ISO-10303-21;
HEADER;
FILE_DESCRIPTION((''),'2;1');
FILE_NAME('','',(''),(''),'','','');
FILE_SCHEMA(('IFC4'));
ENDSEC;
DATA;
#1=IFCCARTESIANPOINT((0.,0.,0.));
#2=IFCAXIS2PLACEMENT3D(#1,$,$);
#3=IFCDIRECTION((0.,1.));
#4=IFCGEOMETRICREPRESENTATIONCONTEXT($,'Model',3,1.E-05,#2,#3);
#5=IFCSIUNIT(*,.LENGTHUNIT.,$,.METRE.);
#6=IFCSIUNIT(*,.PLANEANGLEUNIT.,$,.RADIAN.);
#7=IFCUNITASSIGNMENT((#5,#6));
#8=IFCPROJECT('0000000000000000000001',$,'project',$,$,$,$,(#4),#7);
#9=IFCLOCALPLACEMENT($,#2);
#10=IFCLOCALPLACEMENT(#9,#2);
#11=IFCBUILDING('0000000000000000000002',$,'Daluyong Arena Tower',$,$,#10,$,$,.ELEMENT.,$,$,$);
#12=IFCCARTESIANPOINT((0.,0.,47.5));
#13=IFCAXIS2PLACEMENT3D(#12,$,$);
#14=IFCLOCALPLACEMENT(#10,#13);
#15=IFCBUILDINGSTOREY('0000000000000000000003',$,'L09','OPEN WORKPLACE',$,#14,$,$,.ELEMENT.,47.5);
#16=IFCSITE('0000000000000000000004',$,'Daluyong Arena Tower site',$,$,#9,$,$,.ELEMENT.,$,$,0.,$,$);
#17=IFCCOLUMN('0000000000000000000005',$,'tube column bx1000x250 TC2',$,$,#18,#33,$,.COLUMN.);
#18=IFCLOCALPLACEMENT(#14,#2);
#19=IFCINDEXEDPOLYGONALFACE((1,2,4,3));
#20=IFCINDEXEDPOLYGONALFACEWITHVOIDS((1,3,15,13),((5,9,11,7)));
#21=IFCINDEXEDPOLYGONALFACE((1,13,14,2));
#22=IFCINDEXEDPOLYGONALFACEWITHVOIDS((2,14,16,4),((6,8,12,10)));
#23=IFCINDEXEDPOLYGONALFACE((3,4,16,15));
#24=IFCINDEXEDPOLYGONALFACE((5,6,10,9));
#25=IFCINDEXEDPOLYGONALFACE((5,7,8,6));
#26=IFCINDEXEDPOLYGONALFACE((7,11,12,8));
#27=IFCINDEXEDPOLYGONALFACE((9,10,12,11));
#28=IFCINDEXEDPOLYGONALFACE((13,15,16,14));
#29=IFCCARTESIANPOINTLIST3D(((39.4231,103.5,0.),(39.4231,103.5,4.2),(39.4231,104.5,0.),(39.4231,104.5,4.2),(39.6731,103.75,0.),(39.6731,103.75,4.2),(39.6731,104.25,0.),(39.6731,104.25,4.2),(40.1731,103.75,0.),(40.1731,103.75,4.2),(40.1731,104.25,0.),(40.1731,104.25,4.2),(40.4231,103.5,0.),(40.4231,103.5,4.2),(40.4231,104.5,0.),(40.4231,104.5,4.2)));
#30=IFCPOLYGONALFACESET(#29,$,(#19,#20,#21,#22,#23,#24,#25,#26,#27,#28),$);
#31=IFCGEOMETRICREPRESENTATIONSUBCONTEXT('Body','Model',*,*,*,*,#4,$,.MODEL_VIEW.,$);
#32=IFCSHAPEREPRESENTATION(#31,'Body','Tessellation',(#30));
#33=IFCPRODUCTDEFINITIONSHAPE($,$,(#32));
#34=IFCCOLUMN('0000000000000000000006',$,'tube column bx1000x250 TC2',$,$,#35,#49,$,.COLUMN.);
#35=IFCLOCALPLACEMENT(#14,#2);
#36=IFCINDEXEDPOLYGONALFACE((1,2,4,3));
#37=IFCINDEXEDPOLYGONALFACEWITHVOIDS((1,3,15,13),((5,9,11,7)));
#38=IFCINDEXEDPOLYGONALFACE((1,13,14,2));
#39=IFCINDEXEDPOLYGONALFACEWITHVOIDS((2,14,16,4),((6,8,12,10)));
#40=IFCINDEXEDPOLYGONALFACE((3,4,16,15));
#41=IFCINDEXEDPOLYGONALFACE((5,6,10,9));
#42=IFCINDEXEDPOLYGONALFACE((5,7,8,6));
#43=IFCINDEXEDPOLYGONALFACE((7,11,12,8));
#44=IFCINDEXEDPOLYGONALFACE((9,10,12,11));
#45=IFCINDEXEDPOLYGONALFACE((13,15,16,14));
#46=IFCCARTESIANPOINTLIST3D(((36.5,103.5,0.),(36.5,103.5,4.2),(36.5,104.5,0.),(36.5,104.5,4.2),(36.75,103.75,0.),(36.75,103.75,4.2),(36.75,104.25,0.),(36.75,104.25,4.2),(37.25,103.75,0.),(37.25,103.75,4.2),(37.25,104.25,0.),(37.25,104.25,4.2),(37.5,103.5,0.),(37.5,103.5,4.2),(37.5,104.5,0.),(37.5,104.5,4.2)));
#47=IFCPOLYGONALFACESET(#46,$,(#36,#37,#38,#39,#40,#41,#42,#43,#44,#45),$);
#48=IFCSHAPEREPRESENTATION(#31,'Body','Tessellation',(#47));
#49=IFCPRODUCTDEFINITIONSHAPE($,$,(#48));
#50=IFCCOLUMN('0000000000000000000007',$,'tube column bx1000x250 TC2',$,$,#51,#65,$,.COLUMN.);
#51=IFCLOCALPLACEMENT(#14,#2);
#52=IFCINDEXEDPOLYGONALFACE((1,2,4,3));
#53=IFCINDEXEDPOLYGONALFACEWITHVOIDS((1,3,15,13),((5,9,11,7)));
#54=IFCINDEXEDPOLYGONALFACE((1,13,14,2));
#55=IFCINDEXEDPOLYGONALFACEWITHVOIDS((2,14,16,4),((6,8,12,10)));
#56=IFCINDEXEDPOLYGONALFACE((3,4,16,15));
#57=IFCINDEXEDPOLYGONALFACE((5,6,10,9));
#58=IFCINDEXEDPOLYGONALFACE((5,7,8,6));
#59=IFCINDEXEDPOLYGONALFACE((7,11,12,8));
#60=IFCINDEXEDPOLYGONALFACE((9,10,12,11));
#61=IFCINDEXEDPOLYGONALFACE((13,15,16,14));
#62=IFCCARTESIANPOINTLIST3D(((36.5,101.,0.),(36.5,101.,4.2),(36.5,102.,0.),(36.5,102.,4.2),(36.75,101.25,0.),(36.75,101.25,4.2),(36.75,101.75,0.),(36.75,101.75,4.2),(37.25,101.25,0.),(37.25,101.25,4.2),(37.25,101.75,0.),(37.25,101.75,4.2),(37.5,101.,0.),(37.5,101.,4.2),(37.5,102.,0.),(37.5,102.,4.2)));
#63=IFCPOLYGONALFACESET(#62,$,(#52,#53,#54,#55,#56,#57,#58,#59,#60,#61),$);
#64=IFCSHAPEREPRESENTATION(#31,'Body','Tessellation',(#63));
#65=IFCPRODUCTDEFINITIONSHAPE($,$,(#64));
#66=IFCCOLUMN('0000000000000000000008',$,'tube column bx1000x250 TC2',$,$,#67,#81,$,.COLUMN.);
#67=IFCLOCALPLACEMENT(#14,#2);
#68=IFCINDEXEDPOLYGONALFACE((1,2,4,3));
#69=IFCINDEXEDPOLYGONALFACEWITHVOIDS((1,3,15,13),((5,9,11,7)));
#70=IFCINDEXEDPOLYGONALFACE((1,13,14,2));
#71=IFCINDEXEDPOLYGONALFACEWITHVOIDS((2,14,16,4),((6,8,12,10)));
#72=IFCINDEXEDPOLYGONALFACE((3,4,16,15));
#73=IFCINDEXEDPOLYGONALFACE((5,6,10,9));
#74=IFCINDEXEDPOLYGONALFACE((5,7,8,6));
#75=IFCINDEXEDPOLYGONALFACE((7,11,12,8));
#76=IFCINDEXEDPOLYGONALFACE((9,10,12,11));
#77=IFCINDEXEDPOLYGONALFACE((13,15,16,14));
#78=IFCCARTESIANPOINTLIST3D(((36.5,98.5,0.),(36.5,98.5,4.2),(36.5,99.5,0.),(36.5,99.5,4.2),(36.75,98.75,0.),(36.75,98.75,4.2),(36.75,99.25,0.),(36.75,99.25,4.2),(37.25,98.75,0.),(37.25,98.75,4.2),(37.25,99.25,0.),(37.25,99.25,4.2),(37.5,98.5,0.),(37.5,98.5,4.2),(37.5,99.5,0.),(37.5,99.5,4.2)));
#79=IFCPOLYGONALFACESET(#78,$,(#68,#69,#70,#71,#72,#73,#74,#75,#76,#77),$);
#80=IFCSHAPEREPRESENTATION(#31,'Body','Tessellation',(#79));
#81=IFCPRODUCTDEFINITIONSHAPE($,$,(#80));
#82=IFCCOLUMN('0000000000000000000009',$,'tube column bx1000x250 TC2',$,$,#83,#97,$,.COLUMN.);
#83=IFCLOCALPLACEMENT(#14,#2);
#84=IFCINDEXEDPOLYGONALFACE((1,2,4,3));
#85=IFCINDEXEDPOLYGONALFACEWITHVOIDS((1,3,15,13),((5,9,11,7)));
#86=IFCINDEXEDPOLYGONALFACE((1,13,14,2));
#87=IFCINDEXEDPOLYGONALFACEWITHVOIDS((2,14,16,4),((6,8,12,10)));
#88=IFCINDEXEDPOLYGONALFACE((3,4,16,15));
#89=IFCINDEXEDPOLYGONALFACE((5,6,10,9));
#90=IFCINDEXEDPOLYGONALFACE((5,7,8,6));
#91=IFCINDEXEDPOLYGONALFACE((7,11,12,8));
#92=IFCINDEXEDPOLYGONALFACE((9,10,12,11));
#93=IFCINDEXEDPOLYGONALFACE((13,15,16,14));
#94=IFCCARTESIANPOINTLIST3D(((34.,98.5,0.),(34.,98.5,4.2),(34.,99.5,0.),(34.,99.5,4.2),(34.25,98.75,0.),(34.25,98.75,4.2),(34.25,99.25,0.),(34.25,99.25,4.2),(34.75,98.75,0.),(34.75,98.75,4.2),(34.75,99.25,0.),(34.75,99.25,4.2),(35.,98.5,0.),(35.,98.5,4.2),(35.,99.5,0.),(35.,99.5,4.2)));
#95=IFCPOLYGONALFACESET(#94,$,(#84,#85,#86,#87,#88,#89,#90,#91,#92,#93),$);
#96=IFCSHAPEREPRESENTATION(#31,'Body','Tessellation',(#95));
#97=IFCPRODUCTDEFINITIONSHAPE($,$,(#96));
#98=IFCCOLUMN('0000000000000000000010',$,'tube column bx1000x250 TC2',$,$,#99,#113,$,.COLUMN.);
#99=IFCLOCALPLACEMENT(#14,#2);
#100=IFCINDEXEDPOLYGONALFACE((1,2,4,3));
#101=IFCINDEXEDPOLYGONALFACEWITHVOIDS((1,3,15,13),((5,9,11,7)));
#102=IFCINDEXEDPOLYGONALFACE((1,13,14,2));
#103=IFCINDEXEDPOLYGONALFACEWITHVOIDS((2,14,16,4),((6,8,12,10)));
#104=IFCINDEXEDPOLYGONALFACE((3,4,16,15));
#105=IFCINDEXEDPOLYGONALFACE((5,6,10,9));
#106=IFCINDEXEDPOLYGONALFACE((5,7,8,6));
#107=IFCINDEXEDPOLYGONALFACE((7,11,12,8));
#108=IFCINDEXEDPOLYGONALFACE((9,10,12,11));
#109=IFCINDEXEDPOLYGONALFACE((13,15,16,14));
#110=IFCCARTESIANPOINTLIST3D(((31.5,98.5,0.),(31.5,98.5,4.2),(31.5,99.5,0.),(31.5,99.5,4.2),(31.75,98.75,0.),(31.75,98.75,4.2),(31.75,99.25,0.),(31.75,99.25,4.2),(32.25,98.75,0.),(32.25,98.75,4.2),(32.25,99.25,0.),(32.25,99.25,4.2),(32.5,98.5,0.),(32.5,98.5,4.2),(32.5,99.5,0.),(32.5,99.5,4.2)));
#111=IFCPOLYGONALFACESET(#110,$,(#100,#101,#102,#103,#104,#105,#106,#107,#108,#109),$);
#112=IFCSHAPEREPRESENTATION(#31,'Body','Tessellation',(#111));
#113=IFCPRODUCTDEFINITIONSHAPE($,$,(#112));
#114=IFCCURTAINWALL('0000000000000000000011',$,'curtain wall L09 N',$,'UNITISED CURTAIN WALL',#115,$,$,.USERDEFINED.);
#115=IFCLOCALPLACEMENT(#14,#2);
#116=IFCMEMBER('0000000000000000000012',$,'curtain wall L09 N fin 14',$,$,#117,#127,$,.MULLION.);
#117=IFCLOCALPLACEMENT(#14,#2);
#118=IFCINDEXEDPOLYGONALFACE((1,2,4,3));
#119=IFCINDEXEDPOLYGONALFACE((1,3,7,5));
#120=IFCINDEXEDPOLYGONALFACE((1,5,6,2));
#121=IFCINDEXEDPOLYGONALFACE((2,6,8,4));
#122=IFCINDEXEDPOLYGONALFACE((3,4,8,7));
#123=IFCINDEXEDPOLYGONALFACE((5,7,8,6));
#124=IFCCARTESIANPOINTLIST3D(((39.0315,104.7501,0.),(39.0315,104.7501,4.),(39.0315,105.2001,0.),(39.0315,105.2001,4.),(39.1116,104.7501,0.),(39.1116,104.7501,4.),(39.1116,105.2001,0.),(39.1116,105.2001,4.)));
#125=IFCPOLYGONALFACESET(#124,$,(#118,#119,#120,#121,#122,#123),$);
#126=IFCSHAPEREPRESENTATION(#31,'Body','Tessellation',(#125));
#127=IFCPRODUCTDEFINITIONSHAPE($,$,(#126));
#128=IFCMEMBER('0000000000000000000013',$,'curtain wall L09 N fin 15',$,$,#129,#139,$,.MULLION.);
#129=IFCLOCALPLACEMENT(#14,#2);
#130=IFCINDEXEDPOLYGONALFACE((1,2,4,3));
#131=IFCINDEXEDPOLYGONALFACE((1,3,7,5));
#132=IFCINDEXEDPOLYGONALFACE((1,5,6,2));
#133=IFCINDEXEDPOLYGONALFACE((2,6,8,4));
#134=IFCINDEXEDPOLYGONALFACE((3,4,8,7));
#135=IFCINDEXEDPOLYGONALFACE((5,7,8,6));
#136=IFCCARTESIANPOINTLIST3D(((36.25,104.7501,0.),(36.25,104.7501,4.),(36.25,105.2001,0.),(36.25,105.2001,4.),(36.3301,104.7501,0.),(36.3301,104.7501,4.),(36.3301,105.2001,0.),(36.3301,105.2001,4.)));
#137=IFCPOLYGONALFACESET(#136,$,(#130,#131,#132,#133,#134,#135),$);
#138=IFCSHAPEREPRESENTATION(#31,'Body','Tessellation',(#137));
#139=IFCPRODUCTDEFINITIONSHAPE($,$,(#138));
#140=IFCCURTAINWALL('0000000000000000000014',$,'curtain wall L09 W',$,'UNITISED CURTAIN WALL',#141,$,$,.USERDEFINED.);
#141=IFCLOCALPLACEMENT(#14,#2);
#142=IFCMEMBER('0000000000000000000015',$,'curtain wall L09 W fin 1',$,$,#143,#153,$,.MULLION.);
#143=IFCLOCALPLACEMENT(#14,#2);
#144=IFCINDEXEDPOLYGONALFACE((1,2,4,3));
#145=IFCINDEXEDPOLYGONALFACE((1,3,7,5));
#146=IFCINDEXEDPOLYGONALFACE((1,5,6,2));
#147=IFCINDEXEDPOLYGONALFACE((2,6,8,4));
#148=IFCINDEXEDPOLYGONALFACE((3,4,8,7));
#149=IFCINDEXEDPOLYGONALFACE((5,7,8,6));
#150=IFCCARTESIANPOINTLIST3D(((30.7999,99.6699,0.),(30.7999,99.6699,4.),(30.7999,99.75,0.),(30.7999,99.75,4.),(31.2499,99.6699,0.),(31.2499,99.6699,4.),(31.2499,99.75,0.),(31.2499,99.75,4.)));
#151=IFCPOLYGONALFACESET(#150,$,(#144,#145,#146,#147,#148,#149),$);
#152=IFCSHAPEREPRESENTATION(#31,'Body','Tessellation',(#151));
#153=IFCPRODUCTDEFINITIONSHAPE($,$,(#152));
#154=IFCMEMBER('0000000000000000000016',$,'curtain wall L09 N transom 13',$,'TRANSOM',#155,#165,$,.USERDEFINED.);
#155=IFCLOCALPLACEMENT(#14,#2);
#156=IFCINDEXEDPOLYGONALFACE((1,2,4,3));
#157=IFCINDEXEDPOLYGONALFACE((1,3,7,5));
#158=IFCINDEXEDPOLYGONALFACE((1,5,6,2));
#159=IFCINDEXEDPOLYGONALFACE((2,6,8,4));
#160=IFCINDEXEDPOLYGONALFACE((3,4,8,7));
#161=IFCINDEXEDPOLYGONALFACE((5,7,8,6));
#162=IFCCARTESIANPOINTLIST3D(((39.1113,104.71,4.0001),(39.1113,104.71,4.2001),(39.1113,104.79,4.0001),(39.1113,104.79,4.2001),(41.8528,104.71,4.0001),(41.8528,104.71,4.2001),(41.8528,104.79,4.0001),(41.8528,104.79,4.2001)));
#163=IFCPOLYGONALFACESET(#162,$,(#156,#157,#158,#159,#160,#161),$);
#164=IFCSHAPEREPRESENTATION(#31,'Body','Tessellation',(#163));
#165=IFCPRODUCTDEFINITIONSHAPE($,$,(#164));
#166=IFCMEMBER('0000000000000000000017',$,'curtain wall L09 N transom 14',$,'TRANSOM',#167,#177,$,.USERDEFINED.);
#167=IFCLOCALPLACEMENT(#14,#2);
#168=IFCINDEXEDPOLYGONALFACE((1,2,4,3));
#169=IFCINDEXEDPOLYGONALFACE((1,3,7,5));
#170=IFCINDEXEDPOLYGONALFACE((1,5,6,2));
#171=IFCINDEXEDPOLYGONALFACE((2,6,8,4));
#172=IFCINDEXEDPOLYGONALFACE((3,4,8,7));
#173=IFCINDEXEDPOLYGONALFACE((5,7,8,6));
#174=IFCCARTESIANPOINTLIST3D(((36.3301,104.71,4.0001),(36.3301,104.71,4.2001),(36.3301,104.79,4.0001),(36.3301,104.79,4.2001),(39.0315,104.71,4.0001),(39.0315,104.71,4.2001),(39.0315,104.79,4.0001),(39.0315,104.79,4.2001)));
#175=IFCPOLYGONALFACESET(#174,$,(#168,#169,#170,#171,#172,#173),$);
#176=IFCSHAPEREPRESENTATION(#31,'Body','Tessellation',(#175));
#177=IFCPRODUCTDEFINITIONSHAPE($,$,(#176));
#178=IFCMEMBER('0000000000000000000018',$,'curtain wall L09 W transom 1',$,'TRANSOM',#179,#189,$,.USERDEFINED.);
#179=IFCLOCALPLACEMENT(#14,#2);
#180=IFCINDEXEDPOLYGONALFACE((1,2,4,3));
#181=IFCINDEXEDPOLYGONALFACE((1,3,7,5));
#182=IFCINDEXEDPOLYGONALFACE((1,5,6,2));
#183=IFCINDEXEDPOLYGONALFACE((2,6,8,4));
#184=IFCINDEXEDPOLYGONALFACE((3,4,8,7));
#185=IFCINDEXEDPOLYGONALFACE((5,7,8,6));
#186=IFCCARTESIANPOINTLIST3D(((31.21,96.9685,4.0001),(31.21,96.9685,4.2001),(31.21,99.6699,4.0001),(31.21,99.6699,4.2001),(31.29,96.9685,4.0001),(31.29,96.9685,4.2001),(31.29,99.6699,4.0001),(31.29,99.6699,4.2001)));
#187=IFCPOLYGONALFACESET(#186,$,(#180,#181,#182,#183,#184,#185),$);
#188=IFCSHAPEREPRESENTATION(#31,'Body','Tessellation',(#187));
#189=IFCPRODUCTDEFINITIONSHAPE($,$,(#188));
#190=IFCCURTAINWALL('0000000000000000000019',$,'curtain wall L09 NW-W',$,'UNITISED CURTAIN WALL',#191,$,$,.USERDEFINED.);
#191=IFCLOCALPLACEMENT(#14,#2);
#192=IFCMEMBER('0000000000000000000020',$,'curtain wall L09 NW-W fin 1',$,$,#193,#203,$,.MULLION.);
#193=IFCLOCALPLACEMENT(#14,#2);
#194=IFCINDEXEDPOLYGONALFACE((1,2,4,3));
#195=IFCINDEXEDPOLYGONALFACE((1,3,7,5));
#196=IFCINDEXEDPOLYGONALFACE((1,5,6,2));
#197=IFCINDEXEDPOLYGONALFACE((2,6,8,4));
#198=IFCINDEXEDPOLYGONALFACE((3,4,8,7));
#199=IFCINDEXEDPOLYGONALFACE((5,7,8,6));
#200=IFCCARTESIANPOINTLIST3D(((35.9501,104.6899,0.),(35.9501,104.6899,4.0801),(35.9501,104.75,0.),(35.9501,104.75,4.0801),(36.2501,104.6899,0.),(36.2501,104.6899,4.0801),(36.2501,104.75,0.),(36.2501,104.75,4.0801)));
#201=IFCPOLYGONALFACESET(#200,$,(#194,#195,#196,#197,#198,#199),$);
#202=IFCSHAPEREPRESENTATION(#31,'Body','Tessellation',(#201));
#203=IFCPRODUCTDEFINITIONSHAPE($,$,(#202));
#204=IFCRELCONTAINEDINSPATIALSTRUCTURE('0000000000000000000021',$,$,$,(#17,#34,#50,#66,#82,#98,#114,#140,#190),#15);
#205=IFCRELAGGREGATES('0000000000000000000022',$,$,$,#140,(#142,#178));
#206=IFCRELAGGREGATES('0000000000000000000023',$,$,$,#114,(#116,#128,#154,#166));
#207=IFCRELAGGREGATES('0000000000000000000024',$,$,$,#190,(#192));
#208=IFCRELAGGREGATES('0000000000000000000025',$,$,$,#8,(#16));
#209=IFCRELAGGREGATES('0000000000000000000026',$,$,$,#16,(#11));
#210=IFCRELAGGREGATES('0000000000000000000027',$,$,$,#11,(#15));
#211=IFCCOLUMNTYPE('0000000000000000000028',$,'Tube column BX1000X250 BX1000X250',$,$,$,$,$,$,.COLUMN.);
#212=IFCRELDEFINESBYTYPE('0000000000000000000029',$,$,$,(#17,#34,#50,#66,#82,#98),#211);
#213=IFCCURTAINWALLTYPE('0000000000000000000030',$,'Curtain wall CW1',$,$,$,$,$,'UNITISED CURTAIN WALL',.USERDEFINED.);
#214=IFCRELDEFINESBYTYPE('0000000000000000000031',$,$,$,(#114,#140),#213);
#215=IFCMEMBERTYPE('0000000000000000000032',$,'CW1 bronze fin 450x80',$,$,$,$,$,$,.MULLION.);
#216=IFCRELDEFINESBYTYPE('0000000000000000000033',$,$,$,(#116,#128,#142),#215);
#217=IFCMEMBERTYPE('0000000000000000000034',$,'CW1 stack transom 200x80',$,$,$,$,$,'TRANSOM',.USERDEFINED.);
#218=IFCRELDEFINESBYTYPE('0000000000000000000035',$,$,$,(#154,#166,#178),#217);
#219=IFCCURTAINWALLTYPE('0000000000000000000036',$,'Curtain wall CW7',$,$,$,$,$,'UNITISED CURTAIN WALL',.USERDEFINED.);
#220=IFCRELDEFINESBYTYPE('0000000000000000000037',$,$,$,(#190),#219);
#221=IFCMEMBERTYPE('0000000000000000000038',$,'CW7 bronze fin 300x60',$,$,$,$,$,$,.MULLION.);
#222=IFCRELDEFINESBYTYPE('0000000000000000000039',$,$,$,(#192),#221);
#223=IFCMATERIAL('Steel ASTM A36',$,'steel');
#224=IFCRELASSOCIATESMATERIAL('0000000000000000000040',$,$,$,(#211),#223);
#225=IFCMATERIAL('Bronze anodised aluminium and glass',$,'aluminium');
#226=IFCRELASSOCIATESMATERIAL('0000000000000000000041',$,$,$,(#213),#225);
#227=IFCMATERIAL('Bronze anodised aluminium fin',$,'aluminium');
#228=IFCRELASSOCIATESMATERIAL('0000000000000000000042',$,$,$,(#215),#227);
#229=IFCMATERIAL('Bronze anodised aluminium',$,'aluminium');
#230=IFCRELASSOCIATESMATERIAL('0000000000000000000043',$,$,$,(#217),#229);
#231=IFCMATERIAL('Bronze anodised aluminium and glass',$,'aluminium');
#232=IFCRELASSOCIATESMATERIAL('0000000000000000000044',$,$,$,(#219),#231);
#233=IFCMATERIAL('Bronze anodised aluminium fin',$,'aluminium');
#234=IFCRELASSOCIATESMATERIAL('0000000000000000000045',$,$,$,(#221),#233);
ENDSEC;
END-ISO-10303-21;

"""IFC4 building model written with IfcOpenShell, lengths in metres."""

from ifc_helpers import new_model, si_unit, direction, frame, origin, origin_2d, place, context, subcontext, project, spatial, rectangle, hollow_rectangle, extrude, material, material_profile, profile_set, type_object, element, aggregate, save


model = new_model("IFC4")

# Units and contexts
model_context = context("Model", 3, precision=1e-05, world=origin(), true_north=direction((0.0, 1.0)))
body_context = subcontext(model_context, "Body", "Model", "MODEL_VIEW")
ifc_project = project(units=[si_unit("LENGTHUNIT", "METRE"), si_unit("PLANEANGLEUNIT", "RADIAN")], contexts=[model_context])

# Site, building, storey
site_placement = place(None, origin())
site = spatial("IfcSite", under=ifc_project, at=site_placement, Name="Daluyong Arena Tower site", CompositionType="ELEMENT", RefElevation=0.0)
building_placement = place(site_placement, origin())
building = spatial("IfcBuilding", under=site, at=building_placement, Name="Daluyong Arena Tower", CompositionType="ELEMENT")
storey_placement = place(building_placement, frame((0.0, 0.0, 47.5)))
storey = spatial("IfcBuildingStorey", under=building, at=storey_placement, Name="L09", Description="OPEN WORKPLACE", CompositionType="ELEMENT", Elevation=47.5)

# Columns
ifc_material_1 = material(Name="Steel ASTM A36", Category="steel")
ifc_material_profile_1 = material_profile(ifc_material_1, hollow_rectangle(XDim=1.0, YDim=1.0, WallThickness=0.25, at=origin_2d()))
ifc_profile_set_1 = profile_set([ifc_material_profile_1], Name="Steel ASTM A36")
column_type = type_object("IfcColumnType", Name="Tube column BX1000X250 BX1000X250", PredefinedType="COLUMN", material=ifc_profile_set_1)
for number, where, z_axis, x_axis, name in (
    (1, (39.9231, 104.0, 0.0), (0.0, 0.0, 1.0), (1.0, 0.0, 0.0), "tube column bx1000x250 TC2"),
    (2, (37.0, 104.0, 0.0), (0.0, 0.0, 1.0), (0.0, 1.0, 0.0), "tube column bx1000x250 TC2"),
    (3, (37.0, 101.5, 0.0), (0.0, 0.0, 1.0), (0.0, 1.0, 0.0), "tube column bx1000x250 TC2"),
    (4, (37.0, 99.0, 0.0), (0.0, 0.0, 1.0), (1.0, 0.0, 0.0), "tube column bx1000x250 TC2"),
    (5, (34.5, 99.0, 0.0), (0.0, 0.0, 1.0), (1.0, 0.0, 0.0), "tube column bx1000x250 TC2"),
    (6, (32.0, 99.0, 0.0), (0.0, 0.0, 1.0), (0.0, 1.0, 0.0), "tube column bx1000x250 TC2"),
):
    element("IfcColumn", number, at=place(storey_placement, frame(where, z_axis=z_axis, x_axis=x_axis)), inside=storey, type_object=column_type, Name=name, PredefinedType="COLUMN", context=body_context, shape_type="SweptSolid", body=[
        extrude(hollow_rectangle(XDim=1.0, YDim=1.0, WallThickness=0.25, at=origin_2d()), origin(), (0.0, 0.0, 1.0), 4.2),
    ])

# Curtain wall, members
ifc_material_2 = material(Name="Bronze anodised aluminium and glass", Category="aluminium")
curtain_wall_type_1 = type_object("IfcCurtainWallType", Name="Curtain wall CW1", ElementType="UNITISED CURTAIN WALL", PredefinedType="USERDEFINED", material=ifc_material_2)
curtain_wall_1_placement = place(storey_placement, origin())
curtain_wall_1 = element("IfcCurtainWall", 7, at=curtain_wall_1_placement, inside=storey, type_object=curtain_wall_type_1, Name="curtain wall L09 N", ObjectType="UNITISED CURTAIN WALL", PredefinedType="USERDEFINED")
ifc_material_3 = material(Name="Bronze anodised aluminium fin", Category="aluminium")
ifc_material_profile_2 = material_profile(ifc_material_3, rectangle(XDim=0.45, YDim=0.0801, at=origin_2d()))
ifc_profile_set_2 = profile_set([ifc_material_profile_2], Name="Bronze anodised aluminium fin")
member_type_1 = type_object("IfcMemberType", Name="CW1 bronze fin 450x80", PredefinedType="MULLION", material=ifc_profile_set_2)
member_1_placement = place(storey_placement, frame((39.0715, 104.9751, 0.0), z_axis=(0.0, 0.0, 1.0), x_axis=(0.0, -1.0, 0.0)))
member_1 = element("IfcMember", 8, at=member_1_placement, type_object=member_type_1, Name="curtain wall L09 N fin 14", PredefinedType="MULLION", context=body_context, shape_type="SweptSolid", body=[
    extrude(rectangle(XDim=0.45, YDim=0.0801, at=origin_2d()), origin(), (0.0, 0.0, 1.0), 4.0),
])
member_2_placement = place(storey_placement, frame((36.29, 104.9751, 0.0), z_axis=(0.0, 0.0, 1.0), x_axis=(0.0, -1.0, 0.0)))
member_2 = element("IfcMember", 9, at=member_2_placement, type_object=member_type_1, Name="curtain wall L09 N fin 15", PredefinedType="MULLION", context=body_context, shape_type="SweptSolid", body=[
    extrude(rectangle(XDim=0.45, YDim=0.0801, at=origin_2d()), origin(), (0.0, 0.0, 1.0), 4.0),
])

# Curtain wall, member
curtain_wall_2_placement = place(storey_placement, origin())
curtain_wall_2 = element("IfcCurtainWall", 10, at=curtain_wall_2_placement, inside=storey, type_object=curtain_wall_type_1, Name="curtain wall L09 W", ObjectType="UNITISED CURTAIN WALL", PredefinedType="USERDEFINED")
member_3_placement = place(storey_placement, frame((31.0249, 99.71, 0.0), z_axis=(0.0, 0.0, 1.0), x_axis=(1.0, 0.0, 0.0)))
member_3 = element("IfcMember", 11, at=member_3_placement, type_object=member_type_1, Name="curtain wall L09 W fin 1", PredefinedType="MULLION", context=body_context, shape_type="SweptSolid", body=[
    extrude(rectangle(XDim=0.45, YDim=0.0801, at=origin_2d()), origin(), (0.0, 0.0, 1.0), 4.0),
])

# Members
ifc_material_4 = material(Name="Bronze anodised aluminium", Category="aluminium")
ifc_material_profile_3 = material_profile(ifc_material_4, rectangle(XDim=0.0801, YDim=0.2, at=origin_2d()))
ifc_profile_set_3 = profile_set([ifc_material_profile_3], Name="Bronze anodised aluminium")
member_type_2 = type_object("IfcMemberType", Name="CW1 stack transom 200x80", ElementType="TRANSOM", PredefinedType="USERDEFINED", material=ifc_profile_set_3)
member_4_placement = place(storey_placement, frame((41.8528, 104.75, 4.1001), z_axis=(-1.0, 0.0, 0.0), x_axis=(0.0, -1.0, 0.0)))
member_4 = element("IfcMember", 12, at=member_4_placement, type_object=member_type_2, Name="curtain wall L09 N transom 13", ObjectType="TRANSOM", PredefinedType="USERDEFINED", context=body_context, shape_type="SweptSolid", body=[
    extrude(rectangle(XDim=0.0801, YDim=0.2, at=origin_2d()), origin(), (0.0, 0.0, 1.0), 2.7415),
])
member_5_placement = place(storey_placement, frame((39.0315, 104.75, 4.1001), z_axis=(-1.0, 0.0, 0.0), x_axis=(0.0, -1.0, 0.0)))
member_5 = element("IfcMember", 13, at=member_5_placement, type_object=member_type_2, Name="curtain wall L09 N transom 14", ObjectType="TRANSOM", PredefinedType="USERDEFINED", context=body_context, shape_type="SweptSolid", body=[
    extrude(rectangle(XDim=0.0801, YDim=0.2, at=origin_2d()), origin(), (0.0, 0.0, 1.0), 2.7014),
])
member_6_placement = place(storey_placement, frame((31.25, 99.6699, 4.1001), z_axis=(0.0, -1.0, 0.0), x_axis=(1.0, 0.0, 0.0)))
member_6 = element("IfcMember", 14, at=member_6_placement, type_object=member_type_2, Name="curtain wall L09 W transom 1", ObjectType="TRANSOM", PredefinedType="USERDEFINED", context=body_context, shape_type="SweptSolid", body=[
    extrude(rectangle(XDim=0.0801, YDim=0.2, at=origin_2d()), origin(), (0.0, 0.0, 1.0), 2.7014),
])
aggregate(curtain_wall_2, [member_3, member_6])

# Curtain wall, member
ifc_material_5 = material(Name="Bronze anodised aluminium and glass", Category="aluminium")
curtain_wall_type_2 = type_object("IfcCurtainWallType", Name="Curtain wall CW7", ElementType="UNITISED CURTAIN WALL", PredefinedType="USERDEFINED", material=ifc_material_5)
curtain_wall_3_placement = place(storey_placement, origin())
curtain_wall_3 = element("IfcCurtainWall", 15, at=curtain_wall_3_placement, inside=storey, type_object=curtain_wall_type_2, Name="curtain wall L09 NW-W", ObjectType="UNITISED CURTAIN WALL", PredefinedType="USERDEFINED")
ifc_material_6 = material(Name="Bronze anodised aluminium fin", Category="aluminium")
ifc_material_profile_4 = material_profile(ifc_material_6, rectangle(XDim=0.3, YDim=0.0601, at=origin_2d()))
ifc_profile_set_4 = profile_set([ifc_material_profile_4], Name="Bronze anodised aluminium fin")
member_type_3 = type_object("IfcMemberType", Name="CW7 bronze fin 300x60", PredefinedType="MULLION", material=ifc_profile_set_4)
member_7_placement = place(storey_placement, frame((36.1001, 104.72, 0.0), z_axis=(0.0, 0.0, 1.0), x_axis=(1.0, 0.0, 0.0)))
member_7 = element("IfcMember", 16, at=member_7_placement, type_object=member_type_3, Name="curtain wall L09 NW-W fin 1", PredefinedType="MULLION", context=body_context, shape_type="SweptSolid", body=[
    extrude(rectangle(XDim=0.3, YDim=0.0601, at=origin_2d()), origin(), (0.0, 0.0, 1.0), 4.0801),
])

aggregate(curtain_wall_1, [member_1, member_2, member_4, member_5])
aggregate(curtain_wall_3, [member_7])

save(model, "model.ifc")
